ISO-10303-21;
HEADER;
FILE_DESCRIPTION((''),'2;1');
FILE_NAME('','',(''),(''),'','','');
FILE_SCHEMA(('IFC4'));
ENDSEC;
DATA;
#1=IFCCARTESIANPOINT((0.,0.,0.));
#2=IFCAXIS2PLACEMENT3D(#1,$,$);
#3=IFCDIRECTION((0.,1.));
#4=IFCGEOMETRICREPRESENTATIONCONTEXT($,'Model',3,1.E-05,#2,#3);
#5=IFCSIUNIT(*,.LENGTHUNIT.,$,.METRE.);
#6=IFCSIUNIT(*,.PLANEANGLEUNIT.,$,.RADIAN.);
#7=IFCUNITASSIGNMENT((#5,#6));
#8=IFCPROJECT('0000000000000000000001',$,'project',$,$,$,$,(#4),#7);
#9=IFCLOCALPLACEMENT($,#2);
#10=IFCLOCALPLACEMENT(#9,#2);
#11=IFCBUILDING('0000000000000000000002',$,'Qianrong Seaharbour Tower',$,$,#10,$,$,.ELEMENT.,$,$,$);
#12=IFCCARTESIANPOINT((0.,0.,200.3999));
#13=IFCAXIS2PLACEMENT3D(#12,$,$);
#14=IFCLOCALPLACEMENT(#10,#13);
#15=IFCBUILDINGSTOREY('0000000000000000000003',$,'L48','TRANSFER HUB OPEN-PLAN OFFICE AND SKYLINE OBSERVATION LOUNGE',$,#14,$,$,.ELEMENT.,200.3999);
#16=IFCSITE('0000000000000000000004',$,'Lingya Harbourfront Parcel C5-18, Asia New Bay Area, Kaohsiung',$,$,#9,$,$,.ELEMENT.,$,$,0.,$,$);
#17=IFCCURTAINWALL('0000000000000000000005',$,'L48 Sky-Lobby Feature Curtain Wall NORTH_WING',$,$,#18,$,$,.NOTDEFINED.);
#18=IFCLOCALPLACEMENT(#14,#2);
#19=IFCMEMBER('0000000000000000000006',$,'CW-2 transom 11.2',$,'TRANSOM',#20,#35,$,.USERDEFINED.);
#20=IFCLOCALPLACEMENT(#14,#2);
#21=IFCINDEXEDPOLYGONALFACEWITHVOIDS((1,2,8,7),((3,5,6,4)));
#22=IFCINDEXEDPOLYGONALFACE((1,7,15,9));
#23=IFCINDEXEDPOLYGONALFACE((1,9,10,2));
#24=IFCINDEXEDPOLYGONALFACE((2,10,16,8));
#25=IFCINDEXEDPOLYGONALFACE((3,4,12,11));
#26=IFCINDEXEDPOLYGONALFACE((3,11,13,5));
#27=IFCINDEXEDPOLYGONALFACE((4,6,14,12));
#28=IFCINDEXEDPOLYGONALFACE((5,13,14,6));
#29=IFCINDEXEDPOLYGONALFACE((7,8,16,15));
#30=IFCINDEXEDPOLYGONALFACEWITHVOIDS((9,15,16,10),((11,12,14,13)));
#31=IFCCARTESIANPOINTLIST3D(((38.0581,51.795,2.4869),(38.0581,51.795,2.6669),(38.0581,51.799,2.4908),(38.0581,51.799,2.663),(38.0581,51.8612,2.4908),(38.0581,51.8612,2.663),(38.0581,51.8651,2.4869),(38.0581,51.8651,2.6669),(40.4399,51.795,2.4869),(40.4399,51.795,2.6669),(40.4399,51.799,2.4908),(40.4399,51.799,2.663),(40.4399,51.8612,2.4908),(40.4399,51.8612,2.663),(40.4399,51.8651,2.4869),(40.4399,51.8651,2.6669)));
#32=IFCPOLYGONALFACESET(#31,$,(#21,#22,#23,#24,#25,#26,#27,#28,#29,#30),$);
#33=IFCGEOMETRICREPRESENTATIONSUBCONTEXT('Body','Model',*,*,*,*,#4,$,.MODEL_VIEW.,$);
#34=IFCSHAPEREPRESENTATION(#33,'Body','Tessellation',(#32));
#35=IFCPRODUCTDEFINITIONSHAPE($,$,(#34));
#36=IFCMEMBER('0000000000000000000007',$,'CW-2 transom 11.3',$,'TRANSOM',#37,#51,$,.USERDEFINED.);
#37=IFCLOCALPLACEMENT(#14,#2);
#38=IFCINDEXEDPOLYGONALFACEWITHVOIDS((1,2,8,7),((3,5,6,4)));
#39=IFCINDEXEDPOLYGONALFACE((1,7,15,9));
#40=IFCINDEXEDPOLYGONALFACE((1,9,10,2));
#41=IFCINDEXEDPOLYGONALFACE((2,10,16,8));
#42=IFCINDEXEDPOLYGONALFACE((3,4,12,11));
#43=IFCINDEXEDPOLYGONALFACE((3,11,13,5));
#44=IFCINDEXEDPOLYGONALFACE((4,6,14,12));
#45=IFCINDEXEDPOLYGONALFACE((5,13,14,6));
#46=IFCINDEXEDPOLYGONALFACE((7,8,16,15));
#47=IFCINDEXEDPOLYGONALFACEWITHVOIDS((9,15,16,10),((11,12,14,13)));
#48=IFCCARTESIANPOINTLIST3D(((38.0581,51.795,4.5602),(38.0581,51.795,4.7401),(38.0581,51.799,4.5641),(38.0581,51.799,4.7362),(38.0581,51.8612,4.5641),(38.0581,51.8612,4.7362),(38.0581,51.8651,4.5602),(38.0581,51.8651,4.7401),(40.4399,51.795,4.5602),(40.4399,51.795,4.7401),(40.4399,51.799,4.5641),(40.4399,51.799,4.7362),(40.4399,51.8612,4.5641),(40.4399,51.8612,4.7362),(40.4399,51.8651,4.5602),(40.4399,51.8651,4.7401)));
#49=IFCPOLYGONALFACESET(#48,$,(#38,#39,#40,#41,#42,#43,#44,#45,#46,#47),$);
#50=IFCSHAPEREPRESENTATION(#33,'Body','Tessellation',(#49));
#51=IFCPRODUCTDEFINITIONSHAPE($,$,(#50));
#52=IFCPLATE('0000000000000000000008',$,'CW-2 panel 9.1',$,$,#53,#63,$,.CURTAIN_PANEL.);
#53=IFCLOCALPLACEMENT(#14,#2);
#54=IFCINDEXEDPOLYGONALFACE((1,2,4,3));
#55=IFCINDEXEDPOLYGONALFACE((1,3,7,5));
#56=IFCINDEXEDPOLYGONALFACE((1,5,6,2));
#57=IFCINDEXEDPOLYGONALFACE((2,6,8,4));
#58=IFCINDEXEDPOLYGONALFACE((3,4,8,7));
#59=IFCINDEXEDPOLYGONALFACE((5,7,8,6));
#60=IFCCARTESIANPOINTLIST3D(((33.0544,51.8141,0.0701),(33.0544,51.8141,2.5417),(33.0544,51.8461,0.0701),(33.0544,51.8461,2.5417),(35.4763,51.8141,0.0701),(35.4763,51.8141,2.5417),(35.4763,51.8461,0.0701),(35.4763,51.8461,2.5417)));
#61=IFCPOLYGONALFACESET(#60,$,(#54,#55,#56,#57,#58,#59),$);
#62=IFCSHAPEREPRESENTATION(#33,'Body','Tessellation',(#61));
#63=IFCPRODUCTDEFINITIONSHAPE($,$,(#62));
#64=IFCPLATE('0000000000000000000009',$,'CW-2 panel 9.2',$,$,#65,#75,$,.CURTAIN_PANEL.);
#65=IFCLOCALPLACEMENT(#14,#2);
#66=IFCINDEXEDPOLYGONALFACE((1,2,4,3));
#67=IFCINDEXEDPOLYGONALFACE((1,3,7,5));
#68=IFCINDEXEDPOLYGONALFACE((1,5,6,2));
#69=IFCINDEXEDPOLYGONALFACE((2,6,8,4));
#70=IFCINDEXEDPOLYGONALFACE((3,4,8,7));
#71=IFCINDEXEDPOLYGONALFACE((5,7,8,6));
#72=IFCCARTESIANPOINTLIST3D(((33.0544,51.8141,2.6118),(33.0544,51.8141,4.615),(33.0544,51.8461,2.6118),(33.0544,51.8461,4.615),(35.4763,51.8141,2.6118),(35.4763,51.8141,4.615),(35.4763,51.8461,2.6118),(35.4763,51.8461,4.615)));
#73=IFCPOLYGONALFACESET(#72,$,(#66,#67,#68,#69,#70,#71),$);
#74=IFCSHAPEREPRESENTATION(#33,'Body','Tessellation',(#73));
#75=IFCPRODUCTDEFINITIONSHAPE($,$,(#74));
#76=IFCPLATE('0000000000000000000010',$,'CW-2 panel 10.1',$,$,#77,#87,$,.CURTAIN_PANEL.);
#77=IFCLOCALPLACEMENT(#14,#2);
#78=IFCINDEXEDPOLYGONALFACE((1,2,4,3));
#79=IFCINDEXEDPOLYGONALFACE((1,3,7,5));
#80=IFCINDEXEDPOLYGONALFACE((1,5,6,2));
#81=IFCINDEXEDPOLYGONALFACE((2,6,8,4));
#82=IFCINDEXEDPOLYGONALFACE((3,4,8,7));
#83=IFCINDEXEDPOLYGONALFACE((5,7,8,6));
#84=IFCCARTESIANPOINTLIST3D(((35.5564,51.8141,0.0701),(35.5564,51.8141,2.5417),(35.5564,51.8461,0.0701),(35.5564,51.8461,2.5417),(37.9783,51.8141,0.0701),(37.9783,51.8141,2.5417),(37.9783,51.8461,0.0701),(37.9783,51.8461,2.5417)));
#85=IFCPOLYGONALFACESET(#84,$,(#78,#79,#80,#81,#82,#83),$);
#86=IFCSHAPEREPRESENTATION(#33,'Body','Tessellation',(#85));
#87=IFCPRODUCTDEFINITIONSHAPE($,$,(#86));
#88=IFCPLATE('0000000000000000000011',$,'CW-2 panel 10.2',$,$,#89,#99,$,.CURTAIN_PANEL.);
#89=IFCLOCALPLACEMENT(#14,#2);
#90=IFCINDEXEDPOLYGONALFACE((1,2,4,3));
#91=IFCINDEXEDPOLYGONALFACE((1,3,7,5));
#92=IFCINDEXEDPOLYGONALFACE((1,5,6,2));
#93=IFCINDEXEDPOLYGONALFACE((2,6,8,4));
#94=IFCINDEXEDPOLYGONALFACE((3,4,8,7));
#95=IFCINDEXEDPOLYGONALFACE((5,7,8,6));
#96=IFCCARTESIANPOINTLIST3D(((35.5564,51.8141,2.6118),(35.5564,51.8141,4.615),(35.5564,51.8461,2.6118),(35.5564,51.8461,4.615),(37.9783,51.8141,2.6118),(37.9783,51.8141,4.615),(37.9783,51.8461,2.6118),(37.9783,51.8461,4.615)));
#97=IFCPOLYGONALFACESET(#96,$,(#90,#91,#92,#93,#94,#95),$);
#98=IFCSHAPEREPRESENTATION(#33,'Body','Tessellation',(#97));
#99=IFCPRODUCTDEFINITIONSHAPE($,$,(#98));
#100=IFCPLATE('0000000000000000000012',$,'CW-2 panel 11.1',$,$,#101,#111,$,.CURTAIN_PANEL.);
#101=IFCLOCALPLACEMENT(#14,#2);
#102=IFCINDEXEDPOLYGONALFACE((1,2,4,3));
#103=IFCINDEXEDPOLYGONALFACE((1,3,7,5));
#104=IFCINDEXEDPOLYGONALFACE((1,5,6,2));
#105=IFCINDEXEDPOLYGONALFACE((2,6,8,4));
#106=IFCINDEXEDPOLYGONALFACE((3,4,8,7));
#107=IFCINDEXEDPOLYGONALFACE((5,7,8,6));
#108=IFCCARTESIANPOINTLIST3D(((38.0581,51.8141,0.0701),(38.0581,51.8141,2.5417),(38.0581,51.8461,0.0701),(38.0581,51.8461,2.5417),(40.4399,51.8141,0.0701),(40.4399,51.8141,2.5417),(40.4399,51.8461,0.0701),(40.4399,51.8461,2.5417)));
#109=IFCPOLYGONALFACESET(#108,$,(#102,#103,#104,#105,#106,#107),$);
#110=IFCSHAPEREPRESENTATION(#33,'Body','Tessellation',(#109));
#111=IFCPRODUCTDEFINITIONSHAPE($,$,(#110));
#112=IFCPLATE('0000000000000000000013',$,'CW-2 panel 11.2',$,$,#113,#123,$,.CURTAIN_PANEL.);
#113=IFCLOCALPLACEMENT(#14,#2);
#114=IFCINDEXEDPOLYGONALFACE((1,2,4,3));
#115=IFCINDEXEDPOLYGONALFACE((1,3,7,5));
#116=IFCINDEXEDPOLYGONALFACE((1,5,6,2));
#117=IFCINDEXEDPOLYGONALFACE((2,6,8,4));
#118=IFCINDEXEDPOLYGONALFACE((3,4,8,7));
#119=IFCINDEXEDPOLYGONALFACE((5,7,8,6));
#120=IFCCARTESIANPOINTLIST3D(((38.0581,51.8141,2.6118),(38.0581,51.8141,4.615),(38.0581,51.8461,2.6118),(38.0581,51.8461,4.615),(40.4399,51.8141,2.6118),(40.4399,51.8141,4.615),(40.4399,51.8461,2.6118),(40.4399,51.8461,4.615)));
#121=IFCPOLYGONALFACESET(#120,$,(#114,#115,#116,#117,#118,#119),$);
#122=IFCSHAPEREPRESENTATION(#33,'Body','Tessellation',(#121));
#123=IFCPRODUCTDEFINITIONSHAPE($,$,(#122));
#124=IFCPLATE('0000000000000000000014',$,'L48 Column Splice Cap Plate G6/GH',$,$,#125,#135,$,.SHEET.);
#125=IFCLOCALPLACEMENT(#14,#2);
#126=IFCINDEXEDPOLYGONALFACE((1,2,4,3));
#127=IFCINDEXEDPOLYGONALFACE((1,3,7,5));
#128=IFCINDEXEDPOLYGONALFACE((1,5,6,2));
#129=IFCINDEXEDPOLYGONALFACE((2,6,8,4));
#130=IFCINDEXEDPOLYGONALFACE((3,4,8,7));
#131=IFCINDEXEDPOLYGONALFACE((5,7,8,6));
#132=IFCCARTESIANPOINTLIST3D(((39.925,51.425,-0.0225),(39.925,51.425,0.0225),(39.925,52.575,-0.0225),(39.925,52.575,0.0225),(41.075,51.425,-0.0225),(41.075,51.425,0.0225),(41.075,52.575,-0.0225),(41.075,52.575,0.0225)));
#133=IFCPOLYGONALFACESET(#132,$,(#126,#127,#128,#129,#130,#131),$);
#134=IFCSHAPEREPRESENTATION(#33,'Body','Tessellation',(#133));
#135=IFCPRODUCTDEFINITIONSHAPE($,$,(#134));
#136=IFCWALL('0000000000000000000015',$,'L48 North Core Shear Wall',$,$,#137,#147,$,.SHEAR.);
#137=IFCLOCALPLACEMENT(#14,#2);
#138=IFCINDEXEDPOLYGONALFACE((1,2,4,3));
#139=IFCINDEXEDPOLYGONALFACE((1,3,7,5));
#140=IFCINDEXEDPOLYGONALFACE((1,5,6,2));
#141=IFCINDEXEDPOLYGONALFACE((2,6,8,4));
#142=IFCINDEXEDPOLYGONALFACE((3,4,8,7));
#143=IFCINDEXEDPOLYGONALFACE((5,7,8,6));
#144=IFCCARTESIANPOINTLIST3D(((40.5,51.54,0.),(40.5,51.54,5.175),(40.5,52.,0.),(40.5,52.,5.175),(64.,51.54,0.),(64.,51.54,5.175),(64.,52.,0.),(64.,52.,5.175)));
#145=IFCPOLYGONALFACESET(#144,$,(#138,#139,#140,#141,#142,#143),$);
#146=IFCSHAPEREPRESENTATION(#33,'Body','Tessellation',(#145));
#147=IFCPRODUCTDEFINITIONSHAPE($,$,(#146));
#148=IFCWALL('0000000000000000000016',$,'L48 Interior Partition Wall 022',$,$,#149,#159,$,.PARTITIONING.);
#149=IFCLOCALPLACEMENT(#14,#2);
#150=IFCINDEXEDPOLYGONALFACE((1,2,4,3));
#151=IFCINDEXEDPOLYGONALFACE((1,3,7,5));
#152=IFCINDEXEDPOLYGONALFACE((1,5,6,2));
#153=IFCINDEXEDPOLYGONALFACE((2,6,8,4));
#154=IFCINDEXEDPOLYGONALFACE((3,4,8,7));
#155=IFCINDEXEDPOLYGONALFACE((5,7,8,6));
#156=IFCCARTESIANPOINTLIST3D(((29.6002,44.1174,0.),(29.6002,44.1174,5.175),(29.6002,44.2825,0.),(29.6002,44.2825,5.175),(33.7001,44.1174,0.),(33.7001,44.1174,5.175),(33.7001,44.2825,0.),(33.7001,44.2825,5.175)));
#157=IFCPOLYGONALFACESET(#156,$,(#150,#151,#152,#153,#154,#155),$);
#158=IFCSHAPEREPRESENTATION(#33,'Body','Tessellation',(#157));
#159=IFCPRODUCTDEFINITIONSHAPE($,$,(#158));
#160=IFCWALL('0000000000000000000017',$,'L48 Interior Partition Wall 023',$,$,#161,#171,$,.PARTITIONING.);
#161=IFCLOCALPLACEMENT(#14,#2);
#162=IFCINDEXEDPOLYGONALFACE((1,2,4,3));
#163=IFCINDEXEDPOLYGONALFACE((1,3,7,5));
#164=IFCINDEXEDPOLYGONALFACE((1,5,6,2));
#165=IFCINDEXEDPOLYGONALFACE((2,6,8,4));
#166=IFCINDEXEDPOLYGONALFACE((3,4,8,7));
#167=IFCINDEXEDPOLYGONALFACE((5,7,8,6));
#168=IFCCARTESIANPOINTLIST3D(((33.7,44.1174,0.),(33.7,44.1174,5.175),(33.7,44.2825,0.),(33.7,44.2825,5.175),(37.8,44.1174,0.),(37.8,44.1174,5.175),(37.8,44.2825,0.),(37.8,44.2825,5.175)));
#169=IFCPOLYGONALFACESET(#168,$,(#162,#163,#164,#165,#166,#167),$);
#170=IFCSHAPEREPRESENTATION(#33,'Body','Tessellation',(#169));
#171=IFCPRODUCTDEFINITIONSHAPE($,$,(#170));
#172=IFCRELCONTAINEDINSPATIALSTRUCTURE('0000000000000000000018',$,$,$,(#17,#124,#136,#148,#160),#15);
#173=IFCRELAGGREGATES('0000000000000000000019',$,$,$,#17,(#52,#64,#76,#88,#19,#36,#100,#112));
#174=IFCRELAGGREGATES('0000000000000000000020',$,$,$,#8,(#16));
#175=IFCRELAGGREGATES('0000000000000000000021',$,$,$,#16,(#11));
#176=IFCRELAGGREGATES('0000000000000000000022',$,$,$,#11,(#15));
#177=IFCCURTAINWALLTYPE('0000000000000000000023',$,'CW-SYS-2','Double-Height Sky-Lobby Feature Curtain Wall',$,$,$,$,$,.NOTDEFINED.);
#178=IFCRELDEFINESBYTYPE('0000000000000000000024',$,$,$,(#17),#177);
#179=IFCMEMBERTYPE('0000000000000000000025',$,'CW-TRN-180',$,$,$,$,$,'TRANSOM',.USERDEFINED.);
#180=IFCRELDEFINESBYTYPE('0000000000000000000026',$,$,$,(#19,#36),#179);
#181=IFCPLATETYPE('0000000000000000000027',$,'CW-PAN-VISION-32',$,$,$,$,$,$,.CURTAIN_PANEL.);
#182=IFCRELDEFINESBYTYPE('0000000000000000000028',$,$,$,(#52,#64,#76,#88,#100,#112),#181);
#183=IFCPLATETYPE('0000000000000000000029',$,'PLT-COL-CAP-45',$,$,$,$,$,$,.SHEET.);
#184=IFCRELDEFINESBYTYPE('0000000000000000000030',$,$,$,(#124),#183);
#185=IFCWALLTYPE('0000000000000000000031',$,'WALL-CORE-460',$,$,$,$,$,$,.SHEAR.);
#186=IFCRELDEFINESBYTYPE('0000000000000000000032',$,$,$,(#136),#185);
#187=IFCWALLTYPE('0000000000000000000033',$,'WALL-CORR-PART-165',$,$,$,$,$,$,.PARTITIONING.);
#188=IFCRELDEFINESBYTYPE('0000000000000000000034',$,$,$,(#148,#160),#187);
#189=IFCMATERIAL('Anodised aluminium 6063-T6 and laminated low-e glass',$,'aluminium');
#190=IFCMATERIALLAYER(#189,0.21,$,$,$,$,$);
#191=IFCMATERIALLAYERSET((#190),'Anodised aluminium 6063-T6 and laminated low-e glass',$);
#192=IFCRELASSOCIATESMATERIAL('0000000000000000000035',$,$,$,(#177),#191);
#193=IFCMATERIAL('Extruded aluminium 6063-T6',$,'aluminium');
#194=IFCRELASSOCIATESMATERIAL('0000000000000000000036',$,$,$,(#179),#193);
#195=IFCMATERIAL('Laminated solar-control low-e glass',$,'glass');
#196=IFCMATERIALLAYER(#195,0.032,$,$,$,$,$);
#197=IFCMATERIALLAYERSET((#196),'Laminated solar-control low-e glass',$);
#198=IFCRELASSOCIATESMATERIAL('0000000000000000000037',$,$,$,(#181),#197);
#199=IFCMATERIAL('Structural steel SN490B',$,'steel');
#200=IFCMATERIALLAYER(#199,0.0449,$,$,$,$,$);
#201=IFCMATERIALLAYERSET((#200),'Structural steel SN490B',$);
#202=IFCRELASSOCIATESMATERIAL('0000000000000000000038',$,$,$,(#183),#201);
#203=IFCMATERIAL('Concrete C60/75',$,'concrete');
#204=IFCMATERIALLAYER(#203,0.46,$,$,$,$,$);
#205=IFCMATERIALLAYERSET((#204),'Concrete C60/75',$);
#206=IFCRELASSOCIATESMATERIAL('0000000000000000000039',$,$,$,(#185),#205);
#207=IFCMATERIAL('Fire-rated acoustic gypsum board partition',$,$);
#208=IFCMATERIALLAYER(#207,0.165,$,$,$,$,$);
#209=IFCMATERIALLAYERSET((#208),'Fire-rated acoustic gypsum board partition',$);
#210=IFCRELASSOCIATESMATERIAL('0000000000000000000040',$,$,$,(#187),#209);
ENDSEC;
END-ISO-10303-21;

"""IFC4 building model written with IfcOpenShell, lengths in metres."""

from ifc_helpers import new_model, si_unit, direction, frame, frame_2d, origin, origin_2d, place, context, subcontext, project, spatial, rectangle, hollow_rectangle, extrude, material, layer, layer_set, material_profile, profile_set, type_object, element, aggregate, save


model = new_model("IFC4")

# Units and contexts
model_context = context("Model", 3, precision=1e-05, world=origin(), true_north=direction((0.0, 1.0)))
body_context = subcontext(model_context, "Body", "Model", "MODEL_VIEW")
ifc_project = project(units=[si_unit("LENGTHUNIT", "METRE"), si_unit("PLANEANGLEUNIT", "RADIAN")], contexts=[model_context])

# Site, building, storey
site_placement = place(None, origin())
site = spatial("IfcSite", under=ifc_project, at=site_placement, Name="Lingya Harbourfront Parcel C5-18, Asia New Bay Area, Kaohsiung", CompositionType="ELEMENT", RefElevation=0.0)
building_placement = place(site_placement, origin())
building = spatial("IfcBuilding", under=site, at=building_placement, Name="Qianrong Seaharbour Tower", CompositionType="ELEMENT")
storey_placement = place(building_placement, frame((0.0, 0.0, 200.3999)))
storey = spatial("IfcBuildingStorey", under=building, at=storey_placement, Name="L48", Description="TRANSFER HUB OPEN-PLAN OFFICE AND SKYLINE OBSERVATION LOUNGE", CompositionType="ELEMENT", Elevation=200.3999)

# Shared definitions
ifc_material_1 = material(Name="Structural steel SN490B", Category="steel")

# Curtain wall, members, plates
ifc_material_2 = material(Name="Anodised aluminium 6063-T6 and laminated low-e glass", Category="aluminium")
ifc_layer_1 = layer(ifc_material_2, 0.21)
ifc_layer_set_1 = layer_set([ifc_layer_1], Name="Anodised aluminium 6063-T6 and laminated low-e glass")
curtain_wall_type = type_object("IfcCurtainWallType", Name="CW-SYS-2", Description="Double-Height Sky-Lobby Feature Curtain Wall", PredefinedType="NOTDEFINED", material=ifc_layer_set_1)
curtain_wall_placement = place(storey_placement, origin())
curtain_wall = element("IfcCurtainWall", 1, at=curtain_wall_placement, inside=storey, type_object=curtain_wall_type, Name="L48 Sky-Lobby Feature Curtain Wall NORTH_WING", PredefinedType="NOTDEFINED")
ifc_material_3 = material(Name="Extruded aluminium 6063-T6", Category="aluminium")
ifc_material_profile_1 = material_profile(ifc_material_3, hollow_rectangle(XDim=0.0701, YDim=0.1799, WallThickness=0.0039, at=origin_2d()), Name="ALU-TRN-180x70x4")
ifc_profile_set_1 = profile_set([ifc_material_profile_1], Name="Extruded aluminium 6063-T6")
member_type_1 = type_object("IfcMemberType", Name="CW-TRN-180", ElementType="TRANSOM", PredefinedType="USERDEFINED", material=ifc_profile_set_1)
member_1_placement = place(storey_placement, frame((38.0581, 51.8301, 2.5769), z_axis=(1.0, 0.0, 0.0), x_axis=(0.0, 1.0, 0.0)))
member_1 = element("IfcMember", 2, at=member_1_placement, type_object=member_type_1, Name="CW-2 transom 11.2", ObjectType="TRANSOM", PredefinedType="USERDEFINED", context=body_context, shape_type="SweptSolid", body=[
    extrude(hollow_rectangle(XDim=0.0701, YDim=0.1799, WallThickness=0.0039, at=origin_2d()), origin(), (0.0, 0.0, 1.0), 2.3818),
])
member_2_placement = place(storey_placement, frame((38.0581, 51.8301, 4.6501), z_axis=(1.0, 0.0, 0.0), x_axis=(0.0, 1.0, 0.0)))
member_2 = element("IfcMember", 3, at=member_2_placement, type_object=member_type_1, Name="CW-2 transom 11.3", ObjectType="TRANSOM", PredefinedType="USERDEFINED", context=body_context, shape_type="SweptSolid", body=[
    extrude(hollow_rectangle(XDim=0.0701, YDim=0.1799, WallThickness=0.0039, at=origin_2d()), origin(), (0.0, 0.0, 1.0), 2.3818),
])
ifc_material_4 = material(Name="Laminated solar-control low-e glass", Category="glass")
ifc_layer_2 = layer(ifc_material_4, 0.032)
ifc_layer_set_2 = layer_set([ifc_layer_2], Name="Laminated solar-control low-e glass")
plate_type_1 = type_object("IfcPlateType", Name="CW-PAN-VISION-32", PredefinedType="CURTAIN_PANEL", material=ifc_layer_set_2)
plate_1_placement = place(storey_placement, frame((34.2654, 51.8301, 0.0701), z_axis=(0.0, 0.0, 1.0), x_axis=(1.0, 0.0, 0.0)))
plate_1 = element("IfcPlate", 4, at=plate_1_placement, type_object=plate_type_1, Name="CW-2 panel 9.1", PredefinedType="CURTAIN_PANEL", context=body_context, shape_type="SweptSolid", body=[
    extrude(rectangle(XDim=2.4219, YDim=0.032, at=origin_2d()), origin(), (0.0, 0.0, 1.0), 2.4717),
])
plate_2_placement = place(storey_placement, frame((34.2654, 51.8301, 2.6118), z_axis=(0.0, 0.0, 1.0), x_axis=(1.0, 0.0, 0.0)))
plate_2 = element("IfcPlate", 5, at=plate_2_placement, type_object=plate_type_1, Name="CW-2 panel 9.2", PredefinedType="CURTAIN_PANEL", context=body_context, shape_type="SweptSolid", body=[
    extrude(rectangle(XDim=2.4219, YDim=0.032, at=origin_2d()), origin(), (0.0, 0.0, 1.0), 2.0032),
])
plate_3_placement = place(storey_placement, frame((36.7673, 51.8301, 0.0701), z_axis=(0.0, 0.0, 1.0), x_axis=(1.0, 0.0, 0.0)))
plate_3 = element("IfcPlate", 6, at=plate_3_placement, type_object=plate_type_1, Name="CW-2 panel 10.1", PredefinedType="CURTAIN_PANEL", context=body_context, shape_type="SweptSolid", body=[
    extrude(rectangle(XDim=2.4219, YDim=0.032, at=origin_2d()), origin(), (0.0, 0.0, 1.0), 2.4717),
])
plate_4_placement = place(storey_placement, frame((36.7673, 51.8301, 2.6118), z_axis=(0.0, 0.0, 1.0), x_axis=(1.0, 0.0, 0.0)))
plate_4 = element("IfcPlate", 7, at=plate_4_placement, type_object=plate_type_1, Name="CW-2 panel 10.2", PredefinedType="CURTAIN_PANEL", context=body_context, shape_type="SweptSolid", body=[
    extrude(rectangle(XDim=2.4219, YDim=0.032, at=origin_2d()), origin(), (0.0, 0.0, 1.0), 2.0032),
])
plate_5_placement = place(storey_placement, frame((39.249, 51.8301, 0.0701), z_axis=(0.0, 0.0, 1.0), x_axis=(1.0, 0.0, 0.0)))
plate_5 = element("IfcPlate", 8, at=plate_5_placement, type_object=plate_type_1, Name="CW-2 panel 11.1", PredefinedType="CURTAIN_PANEL", context=body_context, shape_type="SweptSolid", body=[
    extrude(rectangle(XDim=2.3818, YDim=0.032, at=origin_2d()), origin(), (0.0, 0.0, 1.0), 2.4717),
])
plate_6_placement = place(storey_placement, frame((39.249, 51.8301, 2.6118), z_axis=(0.0, 0.0, 1.0), x_axis=(1.0, 0.0, 0.0)))
plate_6 = element("IfcPlate", 9, at=plate_6_placement, type_object=plate_type_1, Name="CW-2 panel 11.2", PredefinedType="CURTAIN_PANEL", context=body_context, shape_type="SweptSolid", body=[
    extrude(rectangle(XDim=2.3818, YDim=0.032, at=origin_2d()), origin(), (0.0, 0.0, 1.0), 2.0032),
])
aggregate(curtain_wall, [plate_1, plate_2, plate_3, plate_4, member_1, member_2, plate_5, plate_6])

# Plate
ifc_layer_3 = layer(ifc_material_1, 0.0449)
ifc_layer_set_3 = layer_set([ifc_layer_3], Name="Structural steel SN490B")
plate_type_2 = type_object("IfcPlateType", Name="PLT-COL-CAP-45", PredefinedType="SHEET", material=ifc_layer_set_3)
plate_7_placement = place(storey_placement, frame((40.5, 52.0, -0.0225), z_axis=(0.0, 0.0, 1.0), x_axis=(1.0, 0.0, 0.0)))
element("IfcPlate", 10, at=plate_7_placement, inside=storey, type_object=plate_type_2, Name="L48 Column Splice Cap Plate G6/GH", PredefinedType="SHEET", context=body_context, shape_type="SweptSolid", body=[
    extrude(rectangle(XDim=1.1499, YDim=1.1499, at=origin_2d()), origin(), (0.0, 0.0, 1.0), 0.0449),
])

# Wall
ifc_material_5 = material(Name="Concrete C60/75", Category="concrete")
ifc_layer_4 = layer(ifc_material_5, 0.46)
ifc_layer_set_4 = layer_set([ifc_layer_4], Name="Concrete C60/75")
wall_type_1 = type_object("IfcWallType", Name="WALL-CORE-460", PredefinedType="SHEAR", material=ifc_layer_set_4)
wall_1_placement = place(storey_placement, frame((40.5, 51.77, 0.0), z_axis=(0.0, 0.0, 1.0), x_axis=(1.0, 0.0, 0.0)))
element("IfcWall", 11, at=wall_1_placement, inside=storey, type_object=wall_type_1, Name="L48 North Core Shear Wall", PredefinedType="SHEAR", context=body_context, shape_type="SweptSolid", body=[
    extrude(rectangle(XDim=23.5, YDim=0.46, at=frame_2d((11.75, 0.0))), origin(), (0.0, 0.0, 1.0), 5.175),
])

# Shared definitions
ifc_material_6 = material(Name="Fire-rated acoustic gypsum board partition")
ifc_layer_5 = layer(ifc_material_6, 0.165)
ifc_layer_set_5 = layer_set([ifc_layer_5], Name="Fire-rated acoustic gypsum board partition")
wall_type_2 = type_object("IfcWallType", Name="WALL-CORR-PART-165", PredefinedType="PARTITIONING", material=ifc_layer_set_5)

# Walls
wall_2_placement = place(storey_placement, frame((33.7, 44.2, 0.0), z_axis=(0.0, 0.0, 1.0), x_axis=(-1.0, 0.0, 0.0)))
element("IfcWall", 12, at=wall_2_placement, inside=storey, type_object=wall_type_2, Name="L48 Interior Partition Wall 022", PredefinedType="PARTITIONING", context=body_context, shape_type="SweptSolid", body=[
    extrude(rectangle(XDim=4.0999, YDim=0.165, at=frame_2d((2.0498, 0.0))), origin(), (0.0, 0.0, 1.0), 5.175),
])
wall_3_placement = place(storey_placement, frame((37.8, 44.2, 0.0), z_axis=(0.0, 0.0, 1.0), x_axis=(-1.0, 0.0, 0.0)))
element("IfcWall", 13, at=wall_3_placement, inside=storey, type_object=wall_type_2, Name="L48 Interior Partition Wall 023", PredefinedType="PARTITIONING", context=body_context, shape_type="SweptSolid", body=[
    extrude(rectangle(XDim=4.1001, YDim=0.165, at=frame_2d((2.05, 0.0))), origin(), (0.0, 0.0, 1.0), 5.175),
])

save(model, "model.ifc")
